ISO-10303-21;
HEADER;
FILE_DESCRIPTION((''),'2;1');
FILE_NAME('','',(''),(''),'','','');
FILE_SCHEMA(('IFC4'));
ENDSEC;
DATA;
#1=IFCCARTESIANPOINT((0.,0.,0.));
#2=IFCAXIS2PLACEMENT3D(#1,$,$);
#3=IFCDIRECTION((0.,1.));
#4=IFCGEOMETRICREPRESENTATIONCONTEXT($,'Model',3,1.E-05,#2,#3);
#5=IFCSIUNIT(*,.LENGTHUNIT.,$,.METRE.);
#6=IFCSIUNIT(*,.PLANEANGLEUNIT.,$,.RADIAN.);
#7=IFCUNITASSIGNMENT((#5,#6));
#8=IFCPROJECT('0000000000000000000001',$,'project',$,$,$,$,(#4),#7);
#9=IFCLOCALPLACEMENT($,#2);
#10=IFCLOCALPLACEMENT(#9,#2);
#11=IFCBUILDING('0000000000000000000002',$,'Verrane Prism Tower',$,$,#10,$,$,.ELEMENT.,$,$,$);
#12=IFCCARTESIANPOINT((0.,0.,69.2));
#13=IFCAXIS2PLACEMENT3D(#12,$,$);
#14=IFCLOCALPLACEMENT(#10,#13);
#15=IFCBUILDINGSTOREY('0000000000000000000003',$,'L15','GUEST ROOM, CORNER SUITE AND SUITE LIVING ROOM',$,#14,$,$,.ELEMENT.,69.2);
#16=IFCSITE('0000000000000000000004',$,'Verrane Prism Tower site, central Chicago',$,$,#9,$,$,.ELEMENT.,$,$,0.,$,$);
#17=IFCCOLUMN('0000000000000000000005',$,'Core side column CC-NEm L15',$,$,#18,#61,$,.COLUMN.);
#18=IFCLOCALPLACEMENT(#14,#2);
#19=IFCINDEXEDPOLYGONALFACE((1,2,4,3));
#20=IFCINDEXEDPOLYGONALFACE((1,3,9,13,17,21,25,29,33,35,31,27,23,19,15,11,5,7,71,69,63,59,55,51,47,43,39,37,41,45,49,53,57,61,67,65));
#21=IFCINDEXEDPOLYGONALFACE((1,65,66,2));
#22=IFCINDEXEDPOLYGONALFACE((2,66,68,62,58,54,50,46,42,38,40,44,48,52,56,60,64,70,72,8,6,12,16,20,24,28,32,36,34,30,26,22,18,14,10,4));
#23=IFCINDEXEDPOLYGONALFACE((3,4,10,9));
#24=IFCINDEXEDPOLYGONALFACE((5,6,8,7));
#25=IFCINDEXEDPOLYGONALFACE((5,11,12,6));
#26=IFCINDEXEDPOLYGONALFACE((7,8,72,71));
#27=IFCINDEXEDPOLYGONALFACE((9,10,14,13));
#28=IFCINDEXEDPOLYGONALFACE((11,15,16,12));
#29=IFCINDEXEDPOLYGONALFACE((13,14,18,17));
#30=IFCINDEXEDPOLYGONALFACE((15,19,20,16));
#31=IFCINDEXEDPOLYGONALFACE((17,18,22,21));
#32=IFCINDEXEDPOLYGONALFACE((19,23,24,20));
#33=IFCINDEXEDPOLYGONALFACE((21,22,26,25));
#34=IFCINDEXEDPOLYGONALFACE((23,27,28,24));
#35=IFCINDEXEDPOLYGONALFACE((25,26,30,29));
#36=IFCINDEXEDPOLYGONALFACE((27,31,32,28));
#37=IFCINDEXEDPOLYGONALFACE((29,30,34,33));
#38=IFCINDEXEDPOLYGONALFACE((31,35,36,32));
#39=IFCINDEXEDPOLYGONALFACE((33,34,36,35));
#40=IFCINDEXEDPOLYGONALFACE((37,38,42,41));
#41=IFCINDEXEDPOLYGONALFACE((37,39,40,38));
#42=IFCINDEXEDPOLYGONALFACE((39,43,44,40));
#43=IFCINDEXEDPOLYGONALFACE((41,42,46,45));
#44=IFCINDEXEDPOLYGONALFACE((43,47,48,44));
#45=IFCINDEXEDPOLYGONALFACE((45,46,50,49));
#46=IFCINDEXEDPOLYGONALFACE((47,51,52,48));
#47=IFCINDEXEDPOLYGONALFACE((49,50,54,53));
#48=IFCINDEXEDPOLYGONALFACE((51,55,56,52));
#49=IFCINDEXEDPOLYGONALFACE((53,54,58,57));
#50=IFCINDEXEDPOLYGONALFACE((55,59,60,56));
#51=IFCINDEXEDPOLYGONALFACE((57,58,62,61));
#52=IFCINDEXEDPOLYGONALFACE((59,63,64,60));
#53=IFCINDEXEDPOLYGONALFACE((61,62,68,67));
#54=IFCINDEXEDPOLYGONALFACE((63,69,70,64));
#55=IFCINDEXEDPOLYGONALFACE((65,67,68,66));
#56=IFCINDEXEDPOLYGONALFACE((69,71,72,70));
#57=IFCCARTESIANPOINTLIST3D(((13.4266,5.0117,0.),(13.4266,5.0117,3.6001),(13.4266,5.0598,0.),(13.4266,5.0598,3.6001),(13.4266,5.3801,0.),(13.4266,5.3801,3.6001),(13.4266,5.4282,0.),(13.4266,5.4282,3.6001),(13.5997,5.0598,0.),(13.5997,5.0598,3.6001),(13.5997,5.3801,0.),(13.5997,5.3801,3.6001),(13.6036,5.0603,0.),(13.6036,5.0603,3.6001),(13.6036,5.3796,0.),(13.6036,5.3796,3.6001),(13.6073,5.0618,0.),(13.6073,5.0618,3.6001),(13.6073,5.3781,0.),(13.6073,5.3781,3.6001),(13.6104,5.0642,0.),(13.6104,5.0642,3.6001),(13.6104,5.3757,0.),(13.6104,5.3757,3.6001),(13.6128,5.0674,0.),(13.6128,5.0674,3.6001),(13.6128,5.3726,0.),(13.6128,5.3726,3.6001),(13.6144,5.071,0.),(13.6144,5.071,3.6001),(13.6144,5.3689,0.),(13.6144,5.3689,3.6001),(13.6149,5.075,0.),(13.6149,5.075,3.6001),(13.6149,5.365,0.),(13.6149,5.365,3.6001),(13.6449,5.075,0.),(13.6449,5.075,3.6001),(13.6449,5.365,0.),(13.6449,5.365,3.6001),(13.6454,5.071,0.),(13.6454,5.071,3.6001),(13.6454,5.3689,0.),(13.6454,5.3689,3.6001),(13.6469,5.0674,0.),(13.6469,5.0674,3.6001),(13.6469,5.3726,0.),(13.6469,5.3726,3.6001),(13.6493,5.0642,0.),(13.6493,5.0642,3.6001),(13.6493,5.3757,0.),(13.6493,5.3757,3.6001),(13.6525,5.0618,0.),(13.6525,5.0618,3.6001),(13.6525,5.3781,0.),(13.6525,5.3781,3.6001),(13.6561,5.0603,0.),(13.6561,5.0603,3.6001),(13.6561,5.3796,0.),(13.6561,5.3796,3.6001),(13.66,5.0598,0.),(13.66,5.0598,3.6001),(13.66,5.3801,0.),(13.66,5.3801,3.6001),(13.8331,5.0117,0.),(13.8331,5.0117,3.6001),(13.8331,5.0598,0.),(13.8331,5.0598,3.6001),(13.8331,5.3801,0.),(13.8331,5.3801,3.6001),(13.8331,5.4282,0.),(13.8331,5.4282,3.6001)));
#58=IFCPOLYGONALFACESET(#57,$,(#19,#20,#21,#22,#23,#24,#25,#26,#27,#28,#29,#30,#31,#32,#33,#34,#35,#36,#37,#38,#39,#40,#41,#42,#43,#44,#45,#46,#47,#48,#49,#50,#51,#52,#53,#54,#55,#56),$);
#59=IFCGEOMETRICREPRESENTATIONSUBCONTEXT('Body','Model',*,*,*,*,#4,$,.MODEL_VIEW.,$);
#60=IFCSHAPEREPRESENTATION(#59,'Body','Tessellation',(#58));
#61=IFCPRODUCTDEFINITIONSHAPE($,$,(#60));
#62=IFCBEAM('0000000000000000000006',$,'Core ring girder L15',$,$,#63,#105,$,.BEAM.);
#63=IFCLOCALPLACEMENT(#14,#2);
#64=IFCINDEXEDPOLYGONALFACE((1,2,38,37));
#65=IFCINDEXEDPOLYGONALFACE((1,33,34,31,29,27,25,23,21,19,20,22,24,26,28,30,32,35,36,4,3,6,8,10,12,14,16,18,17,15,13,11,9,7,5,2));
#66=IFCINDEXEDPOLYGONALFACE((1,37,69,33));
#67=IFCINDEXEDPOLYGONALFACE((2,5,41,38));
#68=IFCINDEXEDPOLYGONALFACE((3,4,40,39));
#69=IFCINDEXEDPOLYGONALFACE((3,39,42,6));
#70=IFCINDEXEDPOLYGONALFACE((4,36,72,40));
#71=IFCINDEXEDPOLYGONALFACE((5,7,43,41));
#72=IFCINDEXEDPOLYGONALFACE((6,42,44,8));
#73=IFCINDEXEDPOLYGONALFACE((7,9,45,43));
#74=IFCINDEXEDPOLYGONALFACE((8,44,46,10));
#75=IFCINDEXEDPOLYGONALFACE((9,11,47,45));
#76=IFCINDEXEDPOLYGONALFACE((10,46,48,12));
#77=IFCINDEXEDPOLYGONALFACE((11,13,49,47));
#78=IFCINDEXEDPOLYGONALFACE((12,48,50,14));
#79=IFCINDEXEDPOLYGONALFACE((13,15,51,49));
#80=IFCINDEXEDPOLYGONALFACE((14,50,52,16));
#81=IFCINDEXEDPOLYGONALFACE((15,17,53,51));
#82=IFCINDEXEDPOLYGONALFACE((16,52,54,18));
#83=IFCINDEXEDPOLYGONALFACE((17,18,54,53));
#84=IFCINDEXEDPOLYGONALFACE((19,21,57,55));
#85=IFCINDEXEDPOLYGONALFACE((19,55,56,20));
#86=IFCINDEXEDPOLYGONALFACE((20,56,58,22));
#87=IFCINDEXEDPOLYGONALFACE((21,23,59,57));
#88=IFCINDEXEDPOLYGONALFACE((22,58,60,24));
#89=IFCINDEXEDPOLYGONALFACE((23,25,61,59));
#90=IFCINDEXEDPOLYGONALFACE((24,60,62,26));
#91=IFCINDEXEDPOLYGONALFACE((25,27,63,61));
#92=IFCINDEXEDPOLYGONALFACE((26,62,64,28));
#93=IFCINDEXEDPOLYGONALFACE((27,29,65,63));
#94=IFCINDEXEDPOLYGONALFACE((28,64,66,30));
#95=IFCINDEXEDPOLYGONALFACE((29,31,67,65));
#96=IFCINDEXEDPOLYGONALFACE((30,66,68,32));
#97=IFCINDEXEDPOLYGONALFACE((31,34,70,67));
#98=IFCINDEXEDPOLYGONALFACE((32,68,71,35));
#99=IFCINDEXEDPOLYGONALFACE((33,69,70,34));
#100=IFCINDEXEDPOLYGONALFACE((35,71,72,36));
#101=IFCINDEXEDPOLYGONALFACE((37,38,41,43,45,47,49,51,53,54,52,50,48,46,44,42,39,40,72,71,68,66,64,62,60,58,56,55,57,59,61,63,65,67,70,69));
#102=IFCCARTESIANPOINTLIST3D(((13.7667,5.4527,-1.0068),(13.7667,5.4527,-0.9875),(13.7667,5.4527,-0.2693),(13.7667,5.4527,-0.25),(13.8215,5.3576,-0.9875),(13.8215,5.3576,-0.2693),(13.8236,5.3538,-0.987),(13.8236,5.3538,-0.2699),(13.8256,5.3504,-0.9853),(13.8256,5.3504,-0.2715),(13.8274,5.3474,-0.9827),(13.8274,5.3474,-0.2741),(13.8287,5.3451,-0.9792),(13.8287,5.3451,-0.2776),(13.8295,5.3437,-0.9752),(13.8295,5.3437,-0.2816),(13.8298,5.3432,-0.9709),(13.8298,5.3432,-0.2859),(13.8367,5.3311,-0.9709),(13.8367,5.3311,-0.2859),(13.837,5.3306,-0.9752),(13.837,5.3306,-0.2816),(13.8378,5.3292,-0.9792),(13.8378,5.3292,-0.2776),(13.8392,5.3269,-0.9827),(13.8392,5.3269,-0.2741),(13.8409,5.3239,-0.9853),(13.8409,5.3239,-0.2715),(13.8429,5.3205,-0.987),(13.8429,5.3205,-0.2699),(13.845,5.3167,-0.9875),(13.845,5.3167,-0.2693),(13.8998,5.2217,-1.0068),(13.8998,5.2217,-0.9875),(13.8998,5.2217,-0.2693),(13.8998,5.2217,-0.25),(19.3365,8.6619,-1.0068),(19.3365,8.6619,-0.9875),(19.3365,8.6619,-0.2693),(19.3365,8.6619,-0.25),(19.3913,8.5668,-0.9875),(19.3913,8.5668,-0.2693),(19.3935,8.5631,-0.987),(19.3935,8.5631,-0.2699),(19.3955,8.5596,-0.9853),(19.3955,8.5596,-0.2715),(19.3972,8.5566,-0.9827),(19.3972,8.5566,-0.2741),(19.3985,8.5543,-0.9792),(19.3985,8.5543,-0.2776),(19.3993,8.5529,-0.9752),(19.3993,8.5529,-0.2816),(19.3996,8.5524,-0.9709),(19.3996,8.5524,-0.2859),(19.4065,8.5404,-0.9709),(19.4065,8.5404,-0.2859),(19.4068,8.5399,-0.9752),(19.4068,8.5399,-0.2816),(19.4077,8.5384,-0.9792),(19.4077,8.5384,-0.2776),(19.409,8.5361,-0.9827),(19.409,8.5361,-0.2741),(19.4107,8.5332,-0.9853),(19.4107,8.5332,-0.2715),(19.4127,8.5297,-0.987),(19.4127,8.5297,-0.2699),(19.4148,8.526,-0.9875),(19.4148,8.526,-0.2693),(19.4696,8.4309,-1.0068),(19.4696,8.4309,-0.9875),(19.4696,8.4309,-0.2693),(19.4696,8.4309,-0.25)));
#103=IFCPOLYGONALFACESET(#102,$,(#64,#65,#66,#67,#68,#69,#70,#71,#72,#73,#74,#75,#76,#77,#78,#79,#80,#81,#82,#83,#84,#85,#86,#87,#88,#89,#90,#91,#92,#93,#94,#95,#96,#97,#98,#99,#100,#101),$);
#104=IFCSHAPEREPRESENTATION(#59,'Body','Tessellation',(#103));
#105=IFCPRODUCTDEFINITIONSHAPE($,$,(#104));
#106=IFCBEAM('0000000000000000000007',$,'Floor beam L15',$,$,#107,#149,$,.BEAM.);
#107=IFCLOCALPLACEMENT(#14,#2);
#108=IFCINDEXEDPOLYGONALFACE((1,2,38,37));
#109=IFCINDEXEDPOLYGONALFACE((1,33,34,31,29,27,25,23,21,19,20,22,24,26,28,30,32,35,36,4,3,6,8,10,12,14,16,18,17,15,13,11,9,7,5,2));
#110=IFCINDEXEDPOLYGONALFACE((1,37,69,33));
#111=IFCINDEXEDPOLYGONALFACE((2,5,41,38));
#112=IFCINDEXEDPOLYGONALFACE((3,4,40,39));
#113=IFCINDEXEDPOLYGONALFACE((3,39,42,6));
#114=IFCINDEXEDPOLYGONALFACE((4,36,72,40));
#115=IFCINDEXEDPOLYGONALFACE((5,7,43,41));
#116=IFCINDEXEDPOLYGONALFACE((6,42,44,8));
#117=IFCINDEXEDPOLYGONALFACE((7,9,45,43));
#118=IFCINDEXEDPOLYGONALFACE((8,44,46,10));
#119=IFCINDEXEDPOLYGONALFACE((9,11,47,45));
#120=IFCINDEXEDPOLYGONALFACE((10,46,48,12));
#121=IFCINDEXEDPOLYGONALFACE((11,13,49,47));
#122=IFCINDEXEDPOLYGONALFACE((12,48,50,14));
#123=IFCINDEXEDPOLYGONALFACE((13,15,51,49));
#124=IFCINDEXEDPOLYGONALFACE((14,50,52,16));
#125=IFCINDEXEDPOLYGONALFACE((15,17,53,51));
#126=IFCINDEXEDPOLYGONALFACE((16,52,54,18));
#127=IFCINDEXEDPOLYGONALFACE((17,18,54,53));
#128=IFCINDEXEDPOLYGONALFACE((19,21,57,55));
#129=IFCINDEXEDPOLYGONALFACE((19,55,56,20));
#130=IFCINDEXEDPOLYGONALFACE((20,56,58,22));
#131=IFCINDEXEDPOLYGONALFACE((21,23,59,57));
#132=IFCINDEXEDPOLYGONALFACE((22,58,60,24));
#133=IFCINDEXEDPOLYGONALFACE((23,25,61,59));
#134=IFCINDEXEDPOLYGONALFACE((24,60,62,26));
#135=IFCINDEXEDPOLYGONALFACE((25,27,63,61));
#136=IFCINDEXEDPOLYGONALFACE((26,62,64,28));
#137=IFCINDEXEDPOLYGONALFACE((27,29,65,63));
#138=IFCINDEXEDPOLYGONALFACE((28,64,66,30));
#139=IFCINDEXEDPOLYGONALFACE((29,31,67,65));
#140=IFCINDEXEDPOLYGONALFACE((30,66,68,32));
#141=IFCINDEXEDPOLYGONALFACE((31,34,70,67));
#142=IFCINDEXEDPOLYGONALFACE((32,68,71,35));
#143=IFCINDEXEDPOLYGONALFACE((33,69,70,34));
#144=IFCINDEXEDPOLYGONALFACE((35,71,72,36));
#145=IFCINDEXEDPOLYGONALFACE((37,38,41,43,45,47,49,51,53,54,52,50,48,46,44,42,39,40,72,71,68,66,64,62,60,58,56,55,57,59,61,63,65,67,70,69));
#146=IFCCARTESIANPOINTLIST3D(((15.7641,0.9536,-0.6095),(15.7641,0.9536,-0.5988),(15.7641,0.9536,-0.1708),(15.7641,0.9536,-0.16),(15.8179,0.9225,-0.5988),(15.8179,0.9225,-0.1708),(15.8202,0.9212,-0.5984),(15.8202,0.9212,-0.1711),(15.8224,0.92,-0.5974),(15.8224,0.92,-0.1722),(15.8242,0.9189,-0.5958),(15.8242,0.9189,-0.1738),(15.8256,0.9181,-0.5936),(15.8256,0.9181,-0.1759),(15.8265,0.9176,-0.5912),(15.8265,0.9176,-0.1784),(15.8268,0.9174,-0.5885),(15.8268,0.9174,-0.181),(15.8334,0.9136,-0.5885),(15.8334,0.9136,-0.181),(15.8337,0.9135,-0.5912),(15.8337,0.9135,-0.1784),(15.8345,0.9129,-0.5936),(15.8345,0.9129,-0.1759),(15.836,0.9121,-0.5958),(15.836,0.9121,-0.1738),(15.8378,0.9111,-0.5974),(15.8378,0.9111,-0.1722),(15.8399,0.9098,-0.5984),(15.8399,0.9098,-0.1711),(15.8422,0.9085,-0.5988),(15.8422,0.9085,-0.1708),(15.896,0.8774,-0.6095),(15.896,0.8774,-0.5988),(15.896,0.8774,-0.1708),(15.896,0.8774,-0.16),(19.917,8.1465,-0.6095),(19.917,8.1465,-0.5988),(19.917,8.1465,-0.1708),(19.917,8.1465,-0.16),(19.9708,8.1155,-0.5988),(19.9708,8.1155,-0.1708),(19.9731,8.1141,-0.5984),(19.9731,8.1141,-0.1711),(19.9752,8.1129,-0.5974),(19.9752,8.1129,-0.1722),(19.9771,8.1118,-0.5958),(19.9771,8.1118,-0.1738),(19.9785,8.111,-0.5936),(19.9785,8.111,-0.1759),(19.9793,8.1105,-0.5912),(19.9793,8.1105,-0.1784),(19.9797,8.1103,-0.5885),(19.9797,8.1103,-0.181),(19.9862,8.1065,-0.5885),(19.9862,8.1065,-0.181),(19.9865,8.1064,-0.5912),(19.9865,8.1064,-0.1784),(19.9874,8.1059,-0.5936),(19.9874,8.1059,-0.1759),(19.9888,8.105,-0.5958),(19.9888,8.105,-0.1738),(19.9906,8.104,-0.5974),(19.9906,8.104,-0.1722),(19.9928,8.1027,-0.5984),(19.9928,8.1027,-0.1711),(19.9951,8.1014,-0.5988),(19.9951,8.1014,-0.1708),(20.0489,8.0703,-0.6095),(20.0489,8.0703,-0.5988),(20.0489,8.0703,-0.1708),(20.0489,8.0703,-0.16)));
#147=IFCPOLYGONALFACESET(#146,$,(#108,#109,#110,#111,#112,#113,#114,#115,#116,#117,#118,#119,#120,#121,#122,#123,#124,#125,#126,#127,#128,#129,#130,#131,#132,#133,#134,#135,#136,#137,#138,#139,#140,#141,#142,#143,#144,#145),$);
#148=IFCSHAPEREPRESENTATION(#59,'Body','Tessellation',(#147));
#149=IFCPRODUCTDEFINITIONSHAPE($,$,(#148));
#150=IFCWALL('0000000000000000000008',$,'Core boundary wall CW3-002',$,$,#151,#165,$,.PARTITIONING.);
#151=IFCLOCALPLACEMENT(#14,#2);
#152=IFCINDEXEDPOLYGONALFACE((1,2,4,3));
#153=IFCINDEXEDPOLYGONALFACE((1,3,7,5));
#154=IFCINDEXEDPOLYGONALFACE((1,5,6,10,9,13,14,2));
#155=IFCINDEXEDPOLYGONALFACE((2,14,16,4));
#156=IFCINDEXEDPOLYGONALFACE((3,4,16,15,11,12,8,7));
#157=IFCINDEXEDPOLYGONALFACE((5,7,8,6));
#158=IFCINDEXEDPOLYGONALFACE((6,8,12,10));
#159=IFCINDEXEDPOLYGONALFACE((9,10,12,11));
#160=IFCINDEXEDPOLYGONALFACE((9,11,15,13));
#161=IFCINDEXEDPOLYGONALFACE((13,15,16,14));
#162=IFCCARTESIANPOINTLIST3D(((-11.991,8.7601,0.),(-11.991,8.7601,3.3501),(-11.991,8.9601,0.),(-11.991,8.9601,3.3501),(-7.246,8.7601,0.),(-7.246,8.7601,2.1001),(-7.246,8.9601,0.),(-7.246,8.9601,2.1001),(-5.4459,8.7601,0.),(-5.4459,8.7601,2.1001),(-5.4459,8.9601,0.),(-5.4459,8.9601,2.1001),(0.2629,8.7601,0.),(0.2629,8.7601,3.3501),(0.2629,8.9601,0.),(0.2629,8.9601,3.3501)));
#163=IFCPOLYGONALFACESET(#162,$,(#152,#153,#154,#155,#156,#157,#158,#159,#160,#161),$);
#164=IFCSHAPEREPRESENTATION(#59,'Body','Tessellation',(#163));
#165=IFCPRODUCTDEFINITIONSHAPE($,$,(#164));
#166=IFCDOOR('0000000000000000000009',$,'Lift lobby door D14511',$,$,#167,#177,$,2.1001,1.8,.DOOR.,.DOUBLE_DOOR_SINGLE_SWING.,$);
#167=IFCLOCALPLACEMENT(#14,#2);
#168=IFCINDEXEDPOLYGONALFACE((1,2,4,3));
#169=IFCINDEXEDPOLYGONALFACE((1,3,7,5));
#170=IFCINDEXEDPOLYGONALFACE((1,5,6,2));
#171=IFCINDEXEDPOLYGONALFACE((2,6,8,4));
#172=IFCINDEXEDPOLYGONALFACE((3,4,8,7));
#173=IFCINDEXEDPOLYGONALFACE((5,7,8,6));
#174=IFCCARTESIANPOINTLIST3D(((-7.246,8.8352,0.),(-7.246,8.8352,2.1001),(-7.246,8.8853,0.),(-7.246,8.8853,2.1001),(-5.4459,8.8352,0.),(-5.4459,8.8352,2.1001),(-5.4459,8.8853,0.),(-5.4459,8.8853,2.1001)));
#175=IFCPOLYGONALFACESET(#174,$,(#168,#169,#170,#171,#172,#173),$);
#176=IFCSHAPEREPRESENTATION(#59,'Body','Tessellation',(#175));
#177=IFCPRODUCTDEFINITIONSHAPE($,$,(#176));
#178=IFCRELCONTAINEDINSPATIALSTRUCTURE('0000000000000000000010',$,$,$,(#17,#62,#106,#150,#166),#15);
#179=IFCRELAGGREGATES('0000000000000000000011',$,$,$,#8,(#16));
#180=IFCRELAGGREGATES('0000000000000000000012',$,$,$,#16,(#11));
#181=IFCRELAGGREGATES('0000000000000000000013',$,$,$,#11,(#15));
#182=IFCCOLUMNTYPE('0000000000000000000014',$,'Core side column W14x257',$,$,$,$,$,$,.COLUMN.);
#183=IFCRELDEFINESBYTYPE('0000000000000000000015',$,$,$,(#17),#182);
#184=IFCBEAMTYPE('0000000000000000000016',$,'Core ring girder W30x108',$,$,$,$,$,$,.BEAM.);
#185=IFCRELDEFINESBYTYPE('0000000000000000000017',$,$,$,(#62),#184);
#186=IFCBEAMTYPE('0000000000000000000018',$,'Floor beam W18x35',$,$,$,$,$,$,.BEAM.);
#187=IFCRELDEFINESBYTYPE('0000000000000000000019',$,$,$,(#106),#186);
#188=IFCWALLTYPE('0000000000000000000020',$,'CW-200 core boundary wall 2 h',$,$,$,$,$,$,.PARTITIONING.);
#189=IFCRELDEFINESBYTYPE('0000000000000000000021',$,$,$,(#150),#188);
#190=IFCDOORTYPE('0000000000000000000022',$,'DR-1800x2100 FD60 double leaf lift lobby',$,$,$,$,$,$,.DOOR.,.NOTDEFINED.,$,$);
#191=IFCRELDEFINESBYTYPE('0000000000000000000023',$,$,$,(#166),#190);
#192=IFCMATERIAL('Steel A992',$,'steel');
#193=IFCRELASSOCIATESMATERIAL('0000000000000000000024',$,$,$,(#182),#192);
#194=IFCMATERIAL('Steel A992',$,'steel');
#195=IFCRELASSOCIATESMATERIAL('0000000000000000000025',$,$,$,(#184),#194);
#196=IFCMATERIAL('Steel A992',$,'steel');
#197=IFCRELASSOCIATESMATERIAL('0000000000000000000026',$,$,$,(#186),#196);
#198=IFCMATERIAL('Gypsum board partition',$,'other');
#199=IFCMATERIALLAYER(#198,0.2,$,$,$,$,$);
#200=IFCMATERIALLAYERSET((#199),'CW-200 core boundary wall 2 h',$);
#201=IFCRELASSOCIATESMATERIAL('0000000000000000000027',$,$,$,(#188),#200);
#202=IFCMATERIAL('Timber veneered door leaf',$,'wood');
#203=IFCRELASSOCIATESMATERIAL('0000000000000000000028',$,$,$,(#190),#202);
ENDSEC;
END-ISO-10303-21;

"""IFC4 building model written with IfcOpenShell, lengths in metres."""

from ifc_helpers import new_model, si_unit, direction, frame, frame_2d, origin, origin_2d, place, context, subcontext, project, spatial, rectangle, i_section, extrude, material, layer, layer_set, material_profile, profile_set, type_object, element, fill, save


model = new_model("IFC4")

# Units and contexts
model_context = context("Model", 3, precision=1e-05, world=origin(), true_north=direction((0.0, 1.0)))
body_context = subcontext(model_context, "Body", "Model", "MODEL_VIEW")
ifc_project = project(units=[si_unit("LENGTHUNIT", "METRE"), si_unit("PLANEANGLEUNIT", "RADIAN")], contexts=[model_context])

# Site, building, storey
site_placement = place(None, origin())
site = spatial("IfcSite", under=ifc_project, at=site_placement, Name="Verrane Prism Tower site, central Chicago", CompositionType="ELEMENT", RefElevation=0.0)
building_placement = place(site_placement, origin())
building = spatial("IfcBuilding", under=site, at=building_placement, Name="Verrane Prism Tower", CompositionType="ELEMENT")
storey_placement = place(building_placement, frame((0.0, 0.0, 69.2)))
storey = spatial("IfcBuildingStorey", under=building, at=storey_placement, Name="L15", Description="GUEST ROOM, CORNER SUITE AND SUITE LIVING ROOM", CompositionType="ELEMENT", Elevation=69.2)

# Column
ifc_material_1 = material(Name="Steel A992", Category="steel")
ifc_material_profile_1 = material_profile(ifc_material_1, i_section(OverallWidth=0.4065, OverallDepth=0.4165, WebThickness=0.03, FlangeThickness=0.0481, FilletRadius=0.0151, at=origin_2d()), Name="W14x257")
ifc_profile_set_1 = profile_set([ifc_material_profile_1], Name="Steel A992")
column_type = type_object("IfcColumnType", Name="Core side column W14x257", PredefinedType="COLUMN", material=ifc_profile_set_1)
column_placement = place(storey_placement, frame((13.6299, 5.22, 0.0), z_axis=(0.0, 0.0, 1.0), x_axis=(1.0, 0.0, 0.0)))
element("IfcColumn", 1, at=column_placement, inside=storey, type_object=column_type, Name="Core side column CC-NEm L15", PredefinedType="COLUMN", context=body_context, shape_type="SweptSolid", body=[
    extrude(i_section(OverallWidth=0.4065, OverallDepth=0.4165, WebThickness=0.03, FlangeThickness=0.0481, FilletRadius=0.0151, at=origin_2d()), origin(), (0.0, 0.0, 1.0), 3.6001),
])

# Beams
ifc_material_2 = material(Name="Steel A992", Category="steel")
ifc_material_profile_2 = material_profile(ifc_material_2, i_section(OverallWidth=0.2666, OverallDepth=0.7568, WebThickness=0.0139, FlangeThickness=0.0193, FilletRadius=0.0166, at=origin_2d()), Name="W30x108")
ifc_profile_set_2 = profile_set([ifc_material_profile_2], Name="Steel A992")
beam_type_1 = type_object("IfcBeamType", Name="Core ring girder W30x108", PredefinedType="BEAM", material=ifc_profile_set_2)
beam_1_placement = place(storey_placement, frame((13.8333, 5.3372, -0.6284), z_axis=(0.866464, 0.49924, 0.0), x_axis=(-0.49924, 0.866464, 0.0)))
element("IfcBeam", 2, at=beam_1_placement, inside=storey, type_object=beam_type_1, Name="Core ring girder L15", PredefinedType="BEAM", context=body_context, shape_type="SweptSolid", body=[
    extrude(i_section(OverallWidth=0.2666, OverallDepth=0.7568, WebThickness=0.0139, FlangeThickness=0.0193, FilletRadius=0.0166, at=origin_2d()), origin(), (0.0, 0.0, 1.0), 6.4282),
])
ifc_material_3 = material(Name="Steel A992", Category="steel")
ifc_material_profile_3 = material_profile(ifc_material_3, i_section(OverallWidth=0.1523, OverallDepth=0.4495, WebThickness=0.0076, FlangeThickness=0.0107, FilletRadius=0.0103, at=origin_2d()), Name="W18x35")
ifc_profile_set_3 = profile_set([ifc_material_profile_3], Name="Steel A992")
beam_type_2 = type_object("IfcBeamType", Name="Floor beam W18x35", PredefinedType="BEAM", material=ifc_profile_set_3)
beam_2_placement = place(storey_placement, frame((15.8301, 0.9155, -0.3848), z_axis=(0.500002, 0.866024, 0.0), x_axis=(-0.866024, 0.500002, 0.0)))
element("IfcBeam", 3, at=beam_2_placement, inside=storey, type_object=beam_type_2, Name="Floor beam L15", PredefinedType="BEAM", context=body_context, shape_type="SweptSolid", body=[
    extrude(i_section(OverallWidth=0.1523, OverallDepth=0.4495, WebThickness=0.0076, FlangeThickness=0.0107, FilletRadius=0.0103, at=origin_2d()), origin(), (0.0, 0.0, 1.0), 8.3057),
])

# Wall, opening, door
ifc_material_4 = material(Name="Gypsum board partition", Category="other")
ifc_layer_1 = layer(ifc_material_4, 0.2)
ifc_layer_set_1 = layer_set([ifc_layer_1], Name="CW-200 core boundary wall 2 h")
wall_type_1 = type_object("IfcWallType", Name="CW-200 core boundary wall 2 h", PredefinedType="PARTITIONING", material=ifc_layer_set_1)
wall_1_placement = place(storey_placement, frame((0.2629, 8.8601, 0.0), z_axis=(0.0, 0.0, 1.0), x_axis=(-1.0, 0.0, 0.0)))
wall_1 = element("IfcWall", 4, at=wall_1_placement, inside=storey, type_object=wall_type_1, Name="Core boundary wall CW3-002", PredefinedType="PARTITIONING", context=body_context, shape_type="SweptSolid", body=[
    extrude(rectangle(XDim=12.2539, YDim=0.2, at=frame_2d((6.127, 0.0))), origin(), (0.0, 0.0, 1.0), 3.3501),
])
opening_1_placement = place(wall_1_placement, frame((5.709, 0.0, 0.0)))
opening_1 = element("IfcOpeningElement", 5, at=opening_1_placement, cuts=wall_1, PredefinedType="OPENING", context=body_context, shape_type="SweptSolid", body=[
    extrude(rectangle(XDim=1.8, YDim=2.1001, at=frame_2d((0.8999, 1.05))), frame((0.0, 0.1099, 0.0), z_axis=(0.0, -1.0, 0.0), x_axis=(1.0, 0.0, 0.0)), (0.0, 0.0, 1.0), 0.22),
])
ifc_material_5 = material(Name="Timber veneered door leaf", Category="wood")
door_type_1 = type_object("IfcDoorType", Name="DR-1800x2100 FD60 double leaf lift lobby", OperationType="NOTDEFINED", PredefinedType="DOOR", material=ifc_material_5)
door_1_placement = place(opening_1_placement, origin())
door_1 = element("IfcDoor", 6, at=door_1_placement, inside=storey, type_object=door_type_1, Name="Lift lobby door D14511", OperationType="DOUBLE_DOOR_SINGLE_SWING", OverallHeight=2.1001, OverallWidth=1.8, PredefinedType="DOOR", context=body_context, shape_type="SweptSolid", body=[
    extrude(rectangle(XDim=1.8, YDim=2.1001, at=frame_2d((0.8999, 1.05))), frame((0.0, 0.0249, 0.0), z_axis=(0.0, -1.0, 0.0), x_axis=(1.0, 0.0, 0.0)), (0.0, 0.0, 1.0), 0.05),
])
fill(opening_1, door_1)

save(model, "model.ifc")
